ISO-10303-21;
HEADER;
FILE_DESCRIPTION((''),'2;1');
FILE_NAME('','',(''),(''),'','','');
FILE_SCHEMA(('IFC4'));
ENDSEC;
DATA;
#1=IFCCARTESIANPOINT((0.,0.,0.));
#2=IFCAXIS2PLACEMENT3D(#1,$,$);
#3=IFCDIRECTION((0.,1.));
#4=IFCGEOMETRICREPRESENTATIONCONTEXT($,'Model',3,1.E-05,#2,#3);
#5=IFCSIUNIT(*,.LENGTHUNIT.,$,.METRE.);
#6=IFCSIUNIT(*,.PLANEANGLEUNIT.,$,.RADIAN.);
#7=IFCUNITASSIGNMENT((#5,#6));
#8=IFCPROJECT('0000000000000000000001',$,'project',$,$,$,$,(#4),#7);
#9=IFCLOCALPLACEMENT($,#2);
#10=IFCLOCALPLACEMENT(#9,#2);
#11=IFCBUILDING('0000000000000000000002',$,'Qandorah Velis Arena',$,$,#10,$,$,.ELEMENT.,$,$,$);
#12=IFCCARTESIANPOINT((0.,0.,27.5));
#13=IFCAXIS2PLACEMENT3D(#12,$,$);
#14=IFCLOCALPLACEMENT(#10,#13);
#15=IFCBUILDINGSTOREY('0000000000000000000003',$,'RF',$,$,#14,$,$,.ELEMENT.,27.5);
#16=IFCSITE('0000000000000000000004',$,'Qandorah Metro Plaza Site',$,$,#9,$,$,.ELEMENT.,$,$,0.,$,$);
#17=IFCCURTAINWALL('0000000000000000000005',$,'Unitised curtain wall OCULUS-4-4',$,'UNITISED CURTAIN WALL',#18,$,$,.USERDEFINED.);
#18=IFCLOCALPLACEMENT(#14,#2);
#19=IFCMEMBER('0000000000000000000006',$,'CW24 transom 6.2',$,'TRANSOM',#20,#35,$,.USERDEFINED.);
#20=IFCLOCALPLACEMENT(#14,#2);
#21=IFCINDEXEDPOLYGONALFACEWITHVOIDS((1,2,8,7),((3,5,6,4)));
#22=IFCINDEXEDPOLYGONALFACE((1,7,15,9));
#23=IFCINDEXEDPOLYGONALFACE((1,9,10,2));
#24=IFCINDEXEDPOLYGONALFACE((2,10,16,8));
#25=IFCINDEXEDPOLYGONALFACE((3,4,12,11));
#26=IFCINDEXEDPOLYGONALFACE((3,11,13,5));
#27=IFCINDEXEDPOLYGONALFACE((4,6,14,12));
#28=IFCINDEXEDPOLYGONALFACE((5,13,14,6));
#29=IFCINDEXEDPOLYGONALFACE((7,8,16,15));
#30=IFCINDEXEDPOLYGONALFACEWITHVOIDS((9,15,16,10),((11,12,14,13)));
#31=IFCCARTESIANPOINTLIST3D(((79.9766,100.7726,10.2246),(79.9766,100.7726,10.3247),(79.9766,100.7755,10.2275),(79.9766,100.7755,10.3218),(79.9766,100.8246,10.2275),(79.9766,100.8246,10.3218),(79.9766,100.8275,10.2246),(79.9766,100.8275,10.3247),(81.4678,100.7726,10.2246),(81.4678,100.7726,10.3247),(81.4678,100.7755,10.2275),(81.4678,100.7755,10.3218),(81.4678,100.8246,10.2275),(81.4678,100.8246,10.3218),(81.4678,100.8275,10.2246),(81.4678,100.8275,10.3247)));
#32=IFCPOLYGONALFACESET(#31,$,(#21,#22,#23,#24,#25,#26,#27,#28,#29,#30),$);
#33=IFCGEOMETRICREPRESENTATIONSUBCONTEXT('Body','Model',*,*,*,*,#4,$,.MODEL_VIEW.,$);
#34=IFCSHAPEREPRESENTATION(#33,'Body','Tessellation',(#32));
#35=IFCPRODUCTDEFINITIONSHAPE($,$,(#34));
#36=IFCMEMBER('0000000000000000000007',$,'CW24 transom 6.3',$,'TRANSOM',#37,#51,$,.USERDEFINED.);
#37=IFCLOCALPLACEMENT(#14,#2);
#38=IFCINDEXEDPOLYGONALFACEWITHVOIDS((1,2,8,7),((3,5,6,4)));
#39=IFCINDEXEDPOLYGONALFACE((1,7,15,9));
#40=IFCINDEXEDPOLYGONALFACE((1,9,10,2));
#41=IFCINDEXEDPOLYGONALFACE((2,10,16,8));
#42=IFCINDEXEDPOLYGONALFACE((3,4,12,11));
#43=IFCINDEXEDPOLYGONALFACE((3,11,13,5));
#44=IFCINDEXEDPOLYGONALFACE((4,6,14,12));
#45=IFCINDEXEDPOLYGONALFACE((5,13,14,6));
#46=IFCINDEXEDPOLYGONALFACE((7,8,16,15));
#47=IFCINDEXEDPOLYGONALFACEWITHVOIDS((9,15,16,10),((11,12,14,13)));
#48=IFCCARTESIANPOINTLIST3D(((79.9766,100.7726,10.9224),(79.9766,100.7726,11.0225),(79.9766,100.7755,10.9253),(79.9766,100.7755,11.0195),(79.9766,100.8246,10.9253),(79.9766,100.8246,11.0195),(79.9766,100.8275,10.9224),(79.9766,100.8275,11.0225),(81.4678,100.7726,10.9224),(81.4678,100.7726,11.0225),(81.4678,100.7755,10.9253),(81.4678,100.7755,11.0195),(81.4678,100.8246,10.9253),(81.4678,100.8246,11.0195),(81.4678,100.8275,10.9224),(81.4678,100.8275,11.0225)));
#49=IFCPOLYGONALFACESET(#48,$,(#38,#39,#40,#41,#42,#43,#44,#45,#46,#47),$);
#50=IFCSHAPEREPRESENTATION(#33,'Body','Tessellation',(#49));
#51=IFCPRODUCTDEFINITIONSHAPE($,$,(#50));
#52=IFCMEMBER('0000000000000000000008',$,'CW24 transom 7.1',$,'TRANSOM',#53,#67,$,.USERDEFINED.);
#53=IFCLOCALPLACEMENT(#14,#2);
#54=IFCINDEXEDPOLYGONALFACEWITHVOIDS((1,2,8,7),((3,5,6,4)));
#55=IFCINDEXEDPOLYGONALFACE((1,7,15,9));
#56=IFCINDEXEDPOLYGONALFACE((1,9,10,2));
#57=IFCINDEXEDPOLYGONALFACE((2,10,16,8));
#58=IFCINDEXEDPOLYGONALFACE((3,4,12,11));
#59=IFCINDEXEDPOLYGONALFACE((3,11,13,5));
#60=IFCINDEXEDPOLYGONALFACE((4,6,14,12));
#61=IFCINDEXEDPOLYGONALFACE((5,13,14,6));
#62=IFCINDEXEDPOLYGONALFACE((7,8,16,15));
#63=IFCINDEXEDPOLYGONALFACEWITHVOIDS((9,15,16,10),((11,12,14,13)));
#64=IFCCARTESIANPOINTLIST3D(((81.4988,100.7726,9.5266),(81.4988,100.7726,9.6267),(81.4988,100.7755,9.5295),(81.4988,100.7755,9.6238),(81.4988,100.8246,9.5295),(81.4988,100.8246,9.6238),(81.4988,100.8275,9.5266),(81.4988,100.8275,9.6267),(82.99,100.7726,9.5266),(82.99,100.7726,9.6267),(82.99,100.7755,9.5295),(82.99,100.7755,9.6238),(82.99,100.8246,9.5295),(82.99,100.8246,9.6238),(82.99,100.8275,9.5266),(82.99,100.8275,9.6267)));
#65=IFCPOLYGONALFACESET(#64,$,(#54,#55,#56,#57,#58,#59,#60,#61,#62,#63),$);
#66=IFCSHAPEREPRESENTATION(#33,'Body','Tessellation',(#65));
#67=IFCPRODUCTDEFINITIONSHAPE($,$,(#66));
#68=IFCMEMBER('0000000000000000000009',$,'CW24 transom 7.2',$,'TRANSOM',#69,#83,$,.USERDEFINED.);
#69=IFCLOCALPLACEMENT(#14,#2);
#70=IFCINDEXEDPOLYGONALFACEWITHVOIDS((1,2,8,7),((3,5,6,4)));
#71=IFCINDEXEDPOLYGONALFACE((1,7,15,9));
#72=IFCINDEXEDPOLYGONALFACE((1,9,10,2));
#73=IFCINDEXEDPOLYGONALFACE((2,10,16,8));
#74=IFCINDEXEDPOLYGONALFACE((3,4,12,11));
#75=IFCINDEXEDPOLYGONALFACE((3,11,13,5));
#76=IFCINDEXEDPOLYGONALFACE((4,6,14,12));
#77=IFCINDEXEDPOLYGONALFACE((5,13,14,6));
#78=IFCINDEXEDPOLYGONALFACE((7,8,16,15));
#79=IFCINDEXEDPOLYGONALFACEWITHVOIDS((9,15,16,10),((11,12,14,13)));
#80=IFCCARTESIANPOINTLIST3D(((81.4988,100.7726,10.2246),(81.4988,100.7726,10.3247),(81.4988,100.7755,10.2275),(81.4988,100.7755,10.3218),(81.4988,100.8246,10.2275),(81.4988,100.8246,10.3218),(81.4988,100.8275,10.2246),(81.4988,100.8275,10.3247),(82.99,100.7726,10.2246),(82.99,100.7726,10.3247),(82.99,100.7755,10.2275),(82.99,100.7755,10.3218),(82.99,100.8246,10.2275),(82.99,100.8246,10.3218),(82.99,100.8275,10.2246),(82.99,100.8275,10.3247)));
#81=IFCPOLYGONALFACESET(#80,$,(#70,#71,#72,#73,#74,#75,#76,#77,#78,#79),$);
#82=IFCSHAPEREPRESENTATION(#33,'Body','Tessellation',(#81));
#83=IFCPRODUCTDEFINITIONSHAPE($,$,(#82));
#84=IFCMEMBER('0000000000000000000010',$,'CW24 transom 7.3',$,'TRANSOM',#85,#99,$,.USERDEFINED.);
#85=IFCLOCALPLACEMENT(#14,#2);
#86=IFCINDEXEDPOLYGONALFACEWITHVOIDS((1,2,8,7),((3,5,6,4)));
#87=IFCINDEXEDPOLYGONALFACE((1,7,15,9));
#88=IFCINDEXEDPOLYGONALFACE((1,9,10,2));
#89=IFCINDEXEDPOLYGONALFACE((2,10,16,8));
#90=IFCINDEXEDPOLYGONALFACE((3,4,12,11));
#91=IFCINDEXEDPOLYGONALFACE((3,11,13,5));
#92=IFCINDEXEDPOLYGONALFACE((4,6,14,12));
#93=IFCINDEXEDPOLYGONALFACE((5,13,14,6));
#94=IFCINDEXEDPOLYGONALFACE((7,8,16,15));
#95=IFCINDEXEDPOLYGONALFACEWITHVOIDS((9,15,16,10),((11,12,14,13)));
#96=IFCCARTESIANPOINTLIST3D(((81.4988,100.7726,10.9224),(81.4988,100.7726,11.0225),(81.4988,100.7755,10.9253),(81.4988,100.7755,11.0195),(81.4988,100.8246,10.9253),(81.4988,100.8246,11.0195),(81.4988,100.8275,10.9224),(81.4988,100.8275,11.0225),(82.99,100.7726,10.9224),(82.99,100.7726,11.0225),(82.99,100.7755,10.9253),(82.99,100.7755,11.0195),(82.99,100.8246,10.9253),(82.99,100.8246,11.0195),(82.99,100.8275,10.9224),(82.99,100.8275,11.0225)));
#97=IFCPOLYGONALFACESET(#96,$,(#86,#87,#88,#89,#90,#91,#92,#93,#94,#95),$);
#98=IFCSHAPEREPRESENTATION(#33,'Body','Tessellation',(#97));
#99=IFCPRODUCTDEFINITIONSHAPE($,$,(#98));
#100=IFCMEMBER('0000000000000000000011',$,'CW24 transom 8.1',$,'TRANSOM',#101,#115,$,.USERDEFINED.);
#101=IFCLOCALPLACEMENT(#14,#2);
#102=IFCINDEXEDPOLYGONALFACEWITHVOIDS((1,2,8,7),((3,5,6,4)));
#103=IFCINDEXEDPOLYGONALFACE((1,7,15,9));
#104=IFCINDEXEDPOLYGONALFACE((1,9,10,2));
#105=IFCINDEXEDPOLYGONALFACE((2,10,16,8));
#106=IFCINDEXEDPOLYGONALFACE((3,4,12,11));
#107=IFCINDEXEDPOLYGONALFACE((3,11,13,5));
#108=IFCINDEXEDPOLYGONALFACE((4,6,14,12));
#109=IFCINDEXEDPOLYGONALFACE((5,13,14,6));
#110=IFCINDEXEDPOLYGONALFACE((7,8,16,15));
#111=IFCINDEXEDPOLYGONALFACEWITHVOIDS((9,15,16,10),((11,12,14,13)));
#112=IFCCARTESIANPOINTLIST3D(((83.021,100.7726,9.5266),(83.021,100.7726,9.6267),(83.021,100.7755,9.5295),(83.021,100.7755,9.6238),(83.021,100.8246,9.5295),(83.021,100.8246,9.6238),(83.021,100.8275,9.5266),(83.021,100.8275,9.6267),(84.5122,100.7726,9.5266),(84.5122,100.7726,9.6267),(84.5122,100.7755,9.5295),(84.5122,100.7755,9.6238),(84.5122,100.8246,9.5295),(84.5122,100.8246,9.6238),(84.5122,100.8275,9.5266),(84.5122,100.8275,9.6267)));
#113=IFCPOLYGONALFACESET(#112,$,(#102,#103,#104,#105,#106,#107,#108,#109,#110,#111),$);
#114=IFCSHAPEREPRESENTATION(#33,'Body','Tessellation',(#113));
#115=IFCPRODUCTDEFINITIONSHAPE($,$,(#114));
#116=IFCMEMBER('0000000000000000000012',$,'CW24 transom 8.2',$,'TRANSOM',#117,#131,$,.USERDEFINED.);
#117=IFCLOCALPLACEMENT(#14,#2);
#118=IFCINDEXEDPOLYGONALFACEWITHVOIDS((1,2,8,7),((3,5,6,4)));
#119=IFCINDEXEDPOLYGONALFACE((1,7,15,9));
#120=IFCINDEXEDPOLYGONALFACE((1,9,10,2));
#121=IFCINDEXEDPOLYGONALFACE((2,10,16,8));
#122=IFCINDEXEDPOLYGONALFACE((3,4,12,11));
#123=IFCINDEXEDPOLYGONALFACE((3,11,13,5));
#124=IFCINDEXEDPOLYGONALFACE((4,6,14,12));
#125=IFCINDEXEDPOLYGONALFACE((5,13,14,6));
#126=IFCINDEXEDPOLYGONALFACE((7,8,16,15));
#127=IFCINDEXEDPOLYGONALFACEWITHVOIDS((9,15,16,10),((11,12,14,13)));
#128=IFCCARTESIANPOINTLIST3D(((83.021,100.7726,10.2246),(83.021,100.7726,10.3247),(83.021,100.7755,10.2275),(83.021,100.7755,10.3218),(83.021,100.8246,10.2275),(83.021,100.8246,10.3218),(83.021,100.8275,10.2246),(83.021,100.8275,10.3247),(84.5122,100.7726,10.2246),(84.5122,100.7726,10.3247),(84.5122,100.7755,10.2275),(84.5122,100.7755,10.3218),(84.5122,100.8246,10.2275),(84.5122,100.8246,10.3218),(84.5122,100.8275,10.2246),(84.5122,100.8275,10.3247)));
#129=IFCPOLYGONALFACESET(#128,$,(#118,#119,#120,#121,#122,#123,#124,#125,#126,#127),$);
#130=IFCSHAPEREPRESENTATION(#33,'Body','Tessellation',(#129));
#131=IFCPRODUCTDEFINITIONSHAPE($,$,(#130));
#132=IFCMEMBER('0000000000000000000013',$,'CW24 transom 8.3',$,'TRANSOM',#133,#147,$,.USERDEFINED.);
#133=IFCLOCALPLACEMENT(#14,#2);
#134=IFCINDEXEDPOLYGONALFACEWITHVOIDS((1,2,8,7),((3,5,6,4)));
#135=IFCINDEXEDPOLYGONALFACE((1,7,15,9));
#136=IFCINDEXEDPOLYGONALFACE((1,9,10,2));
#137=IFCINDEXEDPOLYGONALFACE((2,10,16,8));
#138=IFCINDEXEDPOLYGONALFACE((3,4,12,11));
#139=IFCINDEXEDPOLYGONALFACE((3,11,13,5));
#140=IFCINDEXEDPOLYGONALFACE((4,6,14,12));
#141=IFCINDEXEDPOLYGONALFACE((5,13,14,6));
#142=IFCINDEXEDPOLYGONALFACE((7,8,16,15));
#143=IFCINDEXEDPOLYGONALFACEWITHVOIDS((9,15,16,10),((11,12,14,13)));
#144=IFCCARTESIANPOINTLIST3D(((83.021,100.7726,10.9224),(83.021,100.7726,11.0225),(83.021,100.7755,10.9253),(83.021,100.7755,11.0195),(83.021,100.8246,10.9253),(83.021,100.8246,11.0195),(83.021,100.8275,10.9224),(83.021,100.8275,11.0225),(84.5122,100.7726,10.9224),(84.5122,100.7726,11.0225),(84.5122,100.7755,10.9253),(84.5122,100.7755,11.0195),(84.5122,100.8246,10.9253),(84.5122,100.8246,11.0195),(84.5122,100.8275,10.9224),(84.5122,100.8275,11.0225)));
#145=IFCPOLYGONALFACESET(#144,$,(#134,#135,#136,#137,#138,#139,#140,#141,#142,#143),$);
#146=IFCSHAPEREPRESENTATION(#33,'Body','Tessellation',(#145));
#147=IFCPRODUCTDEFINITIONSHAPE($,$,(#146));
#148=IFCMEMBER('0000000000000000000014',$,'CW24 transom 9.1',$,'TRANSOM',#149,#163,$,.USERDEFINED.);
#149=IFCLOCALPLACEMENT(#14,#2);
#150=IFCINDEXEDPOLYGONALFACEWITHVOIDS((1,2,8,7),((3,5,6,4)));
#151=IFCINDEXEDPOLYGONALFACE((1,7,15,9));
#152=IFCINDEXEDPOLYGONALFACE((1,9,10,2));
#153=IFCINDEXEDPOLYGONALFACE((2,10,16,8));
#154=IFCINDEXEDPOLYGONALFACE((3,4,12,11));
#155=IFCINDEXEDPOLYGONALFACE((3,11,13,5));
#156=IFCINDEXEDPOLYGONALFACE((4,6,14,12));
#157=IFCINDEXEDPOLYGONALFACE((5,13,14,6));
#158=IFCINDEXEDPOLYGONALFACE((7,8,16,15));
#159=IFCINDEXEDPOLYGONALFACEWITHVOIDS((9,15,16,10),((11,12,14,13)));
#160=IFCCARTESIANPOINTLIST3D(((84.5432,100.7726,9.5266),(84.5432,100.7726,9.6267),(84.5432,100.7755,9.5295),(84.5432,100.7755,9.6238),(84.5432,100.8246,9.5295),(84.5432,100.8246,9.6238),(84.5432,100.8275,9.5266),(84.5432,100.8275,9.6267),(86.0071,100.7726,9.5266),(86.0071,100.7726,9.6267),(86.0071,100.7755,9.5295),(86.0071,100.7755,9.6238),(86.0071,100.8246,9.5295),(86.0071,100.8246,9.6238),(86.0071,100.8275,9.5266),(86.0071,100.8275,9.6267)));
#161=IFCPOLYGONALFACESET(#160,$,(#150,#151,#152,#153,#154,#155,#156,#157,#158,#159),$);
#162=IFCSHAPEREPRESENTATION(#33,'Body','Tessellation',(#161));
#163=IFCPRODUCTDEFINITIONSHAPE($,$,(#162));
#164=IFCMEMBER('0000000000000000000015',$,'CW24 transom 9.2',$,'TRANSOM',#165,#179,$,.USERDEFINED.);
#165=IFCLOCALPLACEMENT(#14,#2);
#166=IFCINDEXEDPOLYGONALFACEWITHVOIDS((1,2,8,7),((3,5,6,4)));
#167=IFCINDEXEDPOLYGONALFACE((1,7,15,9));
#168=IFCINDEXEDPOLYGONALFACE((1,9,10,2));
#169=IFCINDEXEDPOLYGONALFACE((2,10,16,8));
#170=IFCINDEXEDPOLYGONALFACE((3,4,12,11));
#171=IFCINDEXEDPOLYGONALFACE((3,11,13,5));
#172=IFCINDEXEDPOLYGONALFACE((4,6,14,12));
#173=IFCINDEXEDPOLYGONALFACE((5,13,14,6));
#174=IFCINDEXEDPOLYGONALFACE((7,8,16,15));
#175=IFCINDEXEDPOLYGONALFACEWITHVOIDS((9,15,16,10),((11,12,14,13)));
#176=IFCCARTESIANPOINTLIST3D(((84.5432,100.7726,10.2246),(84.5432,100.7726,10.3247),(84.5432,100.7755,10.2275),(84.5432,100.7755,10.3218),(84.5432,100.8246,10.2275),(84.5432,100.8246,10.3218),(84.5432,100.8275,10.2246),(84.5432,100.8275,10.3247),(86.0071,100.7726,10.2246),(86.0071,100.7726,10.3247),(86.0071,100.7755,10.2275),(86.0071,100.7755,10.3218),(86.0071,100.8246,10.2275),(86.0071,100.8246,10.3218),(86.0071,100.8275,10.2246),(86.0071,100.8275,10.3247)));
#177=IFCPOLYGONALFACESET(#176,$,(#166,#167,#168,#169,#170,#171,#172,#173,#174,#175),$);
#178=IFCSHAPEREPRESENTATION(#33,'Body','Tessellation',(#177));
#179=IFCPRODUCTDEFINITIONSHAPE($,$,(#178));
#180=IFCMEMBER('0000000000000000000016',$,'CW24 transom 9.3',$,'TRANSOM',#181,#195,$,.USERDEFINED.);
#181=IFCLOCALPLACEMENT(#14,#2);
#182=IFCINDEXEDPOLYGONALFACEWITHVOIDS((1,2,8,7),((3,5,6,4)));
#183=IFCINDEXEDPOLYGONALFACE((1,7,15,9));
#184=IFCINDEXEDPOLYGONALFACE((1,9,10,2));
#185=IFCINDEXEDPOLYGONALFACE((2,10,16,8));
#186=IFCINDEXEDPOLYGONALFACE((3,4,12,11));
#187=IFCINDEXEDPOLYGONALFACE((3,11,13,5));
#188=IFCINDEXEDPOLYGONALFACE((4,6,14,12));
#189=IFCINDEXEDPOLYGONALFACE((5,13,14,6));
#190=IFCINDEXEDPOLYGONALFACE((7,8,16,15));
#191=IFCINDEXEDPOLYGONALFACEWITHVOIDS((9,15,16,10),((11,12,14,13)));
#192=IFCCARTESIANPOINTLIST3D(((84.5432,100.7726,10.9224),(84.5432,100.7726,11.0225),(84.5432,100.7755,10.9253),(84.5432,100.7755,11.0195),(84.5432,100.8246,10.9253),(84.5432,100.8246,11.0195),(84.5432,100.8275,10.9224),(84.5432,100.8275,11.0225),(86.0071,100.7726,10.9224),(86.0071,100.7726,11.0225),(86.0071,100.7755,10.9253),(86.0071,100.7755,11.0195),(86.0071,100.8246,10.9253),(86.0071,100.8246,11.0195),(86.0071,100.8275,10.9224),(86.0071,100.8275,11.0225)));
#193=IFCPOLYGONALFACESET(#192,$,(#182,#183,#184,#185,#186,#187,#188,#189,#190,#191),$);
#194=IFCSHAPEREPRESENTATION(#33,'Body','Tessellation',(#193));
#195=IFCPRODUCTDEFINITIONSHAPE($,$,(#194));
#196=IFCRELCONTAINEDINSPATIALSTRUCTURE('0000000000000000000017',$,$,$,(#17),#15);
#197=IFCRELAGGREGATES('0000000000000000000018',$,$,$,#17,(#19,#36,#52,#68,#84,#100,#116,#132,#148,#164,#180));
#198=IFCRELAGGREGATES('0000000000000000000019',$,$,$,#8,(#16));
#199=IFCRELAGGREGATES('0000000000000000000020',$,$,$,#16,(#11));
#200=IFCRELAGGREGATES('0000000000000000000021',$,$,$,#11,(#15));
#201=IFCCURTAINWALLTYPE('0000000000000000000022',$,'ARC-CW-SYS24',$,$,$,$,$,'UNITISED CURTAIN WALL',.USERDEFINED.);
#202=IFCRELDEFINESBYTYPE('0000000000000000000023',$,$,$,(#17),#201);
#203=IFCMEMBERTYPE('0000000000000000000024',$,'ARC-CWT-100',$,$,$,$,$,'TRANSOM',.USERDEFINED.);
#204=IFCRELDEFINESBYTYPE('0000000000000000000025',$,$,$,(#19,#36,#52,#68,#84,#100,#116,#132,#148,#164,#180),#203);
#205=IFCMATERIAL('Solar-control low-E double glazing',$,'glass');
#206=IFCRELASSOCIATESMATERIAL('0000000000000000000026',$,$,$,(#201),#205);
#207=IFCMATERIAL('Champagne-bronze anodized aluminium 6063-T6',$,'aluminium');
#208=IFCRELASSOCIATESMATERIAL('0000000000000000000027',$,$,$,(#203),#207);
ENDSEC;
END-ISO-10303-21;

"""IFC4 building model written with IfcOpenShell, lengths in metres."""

from ifc_helpers import new_model, si_unit, direction, frame, origin, origin_2d, place, context, subcontext, project, spatial, hollow_rectangle, extrude, material, material_profile, profile_set, type_object, element, aggregate, save


model = new_model("IFC4")

# Units and contexts
model_context = context("Model", 3, precision=1e-05, world=origin(), true_north=direction((0.0, 1.0)))
body_context = subcontext(model_context, "Body", "Model", "MODEL_VIEW")
ifc_project = project(units=[si_unit("LENGTHUNIT", "METRE"), si_unit("PLANEANGLEUNIT", "RADIAN")], contexts=[model_context])

# Site, building, storey
site_placement = place(None, origin())
site = spatial("IfcSite", under=ifc_project, at=site_placement, Name="Qandorah Metro Plaza Site", CompositionType="ELEMENT", RefElevation=0.0)
building_placement = place(site_placement, origin())
building = spatial("IfcBuilding", under=site, at=building_placement, Name="Qandorah Velis Arena", CompositionType="ELEMENT")
storey_placement = place(building_placement, frame((0.0, 0.0, 27.5)))
storey = spatial("IfcBuildingStorey", under=building, at=storey_placement, Name="RF", CompositionType="ELEMENT", Elevation=27.5)

# Curtain wall
ifc_material_1 = material(Name="Solar-control low-E double glazing", Category="glass")
curtain_wall_type_1 = type_object("IfcCurtainWallType", Name="ARC-CW-SYS24", ElementType="UNITISED CURTAIN WALL", PredefinedType="USERDEFINED", material=ifc_material_1)
curtain_wall_1_placement = place(storey_placement, origin())
curtain_wall_1 = element("IfcCurtainWall", 1, at=curtain_wall_1_placement, inside=storey, type_object=curtain_wall_type_1, Name="Unitised curtain wall OCULUS-4-4", ObjectType="UNITISED CURTAIN WALL", PredefinedType="USERDEFINED")
ifc_material_2 = material(Name="Champagne-bronze anodized aluminium 6063-T6", Category="aluminium")

# Members
ifc_material_profile_1 = material_profile(ifc_material_2, hollow_rectangle(XDim=0.0549, YDim=0.1001, WallThickness=0.0029, at=origin_2d()), Name="ALU TRANSOM 55x100")
ifc_profile_set_1 = profile_set([ifc_material_profile_1], Name="Champagne-bronze anodized aluminium 6063-T6")
member_type_1 = type_object("IfcMemberType", Name="ARC-CWT-100", ElementType="TRANSOM", PredefinedType="USERDEFINED", material=ifc_profile_set_1)
member_1_placement = place(storey_placement, frame((79.9766, 100.8, 10.2747), z_axis=(1.0, 0.0, 0.0), x_axis=(0.0, 1.0, 0.0)))
member_1 = element("IfcMember", 2, at=member_1_placement, type_object=member_type_1, Name="CW24 transom 6.2", ObjectType="TRANSOM", PredefinedType="USERDEFINED", context=body_context, shape_type="SweptSolid", body=[
    extrude(hollow_rectangle(XDim=0.0549, YDim=0.1001, WallThickness=0.0029, at=origin_2d()), origin(), (0.0, 0.0, 1.0), 1.4912),
])
member_2_placement = place(storey_placement, frame((79.9766, 100.8, 10.9724), z_axis=(1.0, 0.0, 0.0), x_axis=(0.0, 1.0, 0.0)))
member_2 = element("IfcMember", 3, at=member_2_placement, type_object=member_type_1, Name="CW24 transom 6.3", ObjectType="TRANSOM", PredefinedType="USERDEFINED", context=body_context, shape_type="SweptSolid", body=[
    extrude(hollow_rectangle(XDim=0.0549, YDim=0.1001, WallThickness=0.0029, at=origin_2d()), origin(), (0.0, 0.0, 1.0), 1.4912),
])
member_3_placement = place(storey_placement, frame((81.4988, 100.8, 9.5767), z_axis=(1.0, 0.0, 0.0), x_axis=(0.0, 1.0, 0.0)))
member_3 = element("IfcMember", 4, at=member_3_placement, type_object=member_type_1, Name="CW24 transom 7.1", ObjectType="TRANSOM", PredefinedType="USERDEFINED", context=body_context, shape_type="SweptSolid", body=[
    extrude(hollow_rectangle(XDim=0.0549, YDim=0.1001, WallThickness=0.0029, at=origin_2d()), origin(), (0.0, 0.0, 1.0), 1.4912),
])
member_4_placement = place(storey_placement, frame((81.4988, 100.8, 10.2747), z_axis=(1.0, 0.0, 0.0), x_axis=(0.0, 1.0, 0.0)))
member_4 = element("IfcMember", 5, at=member_4_placement, type_object=member_type_1, Name="CW24 transom 7.2", ObjectType="TRANSOM", PredefinedType="USERDEFINED", context=body_context, shape_type="SweptSolid", body=[
    extrude(hollow_rectangle(XDim=0.0549, YDim=0.1001, WallThickness=0.0029, at=origin_2d()), origin(), (0.0, 0.0, 1.0), 1.4912),
])
member_5_placement = place(storey_placement, frame((81.4988, 100.8, 10.9724), z_axis=(1.0, 0.0, 0.0), x_axis=(0.0, 1.0, 0.0)))
member_5 = element("IfcMember", 6, at=member_5_placement, type_object=member_type_1, Name="CW24 transom 7.3", ObjectType="TRANSOM", PredefinedType="USERDEFINED", context=body_context, shape_type="SweptSolid", body=[
    extrude(hollow_rectangle(XDim=0.0549, YDim=0.1001, WallThickness=0.0029, at=origin_2d()), origin(), (0.0, 0.0, 1.0), 1.4912),
])
member_6_placement = place(storey_placement, frame((83.021, 100.8, 9.5767), z_axis=(1.0, 0.0, 0.0), x_axis=(0.0, 1.0, 0.0)))
member_6 = element("IfcMember", 7, at=member_6_placement, type_object=member_type_1, Name="CW24 transom 8.1", ObjectType="TRANSOM", PredefinedType="USERDEFINED", context=body_context, shape_type="SweptSolid", body=[
    extrude(hollow_rectangle(XDim=0.0549, YDim=0.1001, WallThickness=0.0029, at=origin_2d()), origin(), (0.0, 0.0, 1.0), 1.4912),
])
member_7_placement = place(storey_placement, frame((83.021, 100.8, 10.2747), z_axis=(1.0, 0.0, 0.0), x_axis=(0.0, 1.0, 0.0)))
member_7 = element("IfcMember", 8, at=member_7_placement, type_object=member_type_1, Name="CW24 transom 8.2", ObjectType="TRANSOM", PredefinedType="USERDEFINED", context=body_context, shape_type="SweptSolid", body=[
    extrude(hollow_rectangle(XDim=0.0549, YDim=0.1001, WallThickness=0.0029, at=origin_2d()), origin(), (0.0, 0.0, 1.0), 1.4912),
])
member_8_placement = place(storey_placement, frame((83.021, 100.8, 10.9724), z_axis=(1.0, 0.0, 0.0), x_axis=(0.0, 1.0, 0.0)))
member_8 = element("IfcMember", 9, at=member_8_placement, type_object=member_type_1, Name="CW24 transom 8.3", ObjectType="TRANSOM", PredefinedType="USERDEFINED", context=body_context, shape_type="SweptSolid", body=[
    extrude(hollow_rectangle(XDim=0.0549, YDim=0.1001, WallThickness=0.0029, at=origin_2d()), origin(), (0.0, 0.0, 1.0), 1.4912),
])
member_9_placement = place(storey_placement, frame((84.5432, 100.8, 9.5767), z_axis=(1.0, 0.0, 0.0), x_axis=(0.0, 1.0, 0.0)))
member_9 = element("IfcMember", 10, at=member_9_placement, type_object=member_type_1, Name="CW24 transom 9.1", ObjectType="TRANSOM", PredefinedType="USERDEFINED", context=body_context, shape_type="SweptSolid", body=[
    extrude(hollow_rectangle(XDim=0.0549, YDim=0.1001, WallThickness=0.0029, at=origin_2d()), origin(), (0.0, 0.0, 1.0), 1.4639),
])
member_10_placement = place(storey_placement, frame((84.5432, 100.8, 10.2747), z_axis=(1.0, 0.0, 0.0), x_axis=(0.0, 1.0, 0.0)))
member_10 = element("IfcMember", 11, at=member_10_placement, type_object=member_type_1, Name="CW24 transom 9.2", ObjectType="TRANSOM", PredefinedType="USERDEFINED", context=body_context, shape_type="SweptSolid", body=[
    extrude(hollow_rectangle(XDim=0.0549, YDim=0.1001, WallThickness=0.0029, at=origin_2d()), origin(), (0.0, 0.0, 1.0), 1.4639),
])
member_11_placement = place(storey_placement, frame((84.5432, 100.8, 10.9724), z_axis=(1.0, 0.0, 0.0), x_axis=(0.0, 1.0, 0.0)))
member_11 = element("IfcMember", 12, at=member_11_placement, type_object=member_type_1, Name="CW24 transom 9.3", ObjectType="TRANSOM", PredefinedType="USERDEFINED", context=body_context, shape_type="SweptSolid", body=[
    extrude(hollow_rectangle(XDim=0.0549, YDim=0.1001, WallThickness=0.0029, at=origin_2d()), origin(), (0.0, 0.0, 1.0), 1.4639),
])

aggregate(curtain_wall_1, [member_1, member_2, member_3, member_4, member_5, member_6, member_7, member_8, member_9, member_10, member_11])

save(model, "model.ifc")
